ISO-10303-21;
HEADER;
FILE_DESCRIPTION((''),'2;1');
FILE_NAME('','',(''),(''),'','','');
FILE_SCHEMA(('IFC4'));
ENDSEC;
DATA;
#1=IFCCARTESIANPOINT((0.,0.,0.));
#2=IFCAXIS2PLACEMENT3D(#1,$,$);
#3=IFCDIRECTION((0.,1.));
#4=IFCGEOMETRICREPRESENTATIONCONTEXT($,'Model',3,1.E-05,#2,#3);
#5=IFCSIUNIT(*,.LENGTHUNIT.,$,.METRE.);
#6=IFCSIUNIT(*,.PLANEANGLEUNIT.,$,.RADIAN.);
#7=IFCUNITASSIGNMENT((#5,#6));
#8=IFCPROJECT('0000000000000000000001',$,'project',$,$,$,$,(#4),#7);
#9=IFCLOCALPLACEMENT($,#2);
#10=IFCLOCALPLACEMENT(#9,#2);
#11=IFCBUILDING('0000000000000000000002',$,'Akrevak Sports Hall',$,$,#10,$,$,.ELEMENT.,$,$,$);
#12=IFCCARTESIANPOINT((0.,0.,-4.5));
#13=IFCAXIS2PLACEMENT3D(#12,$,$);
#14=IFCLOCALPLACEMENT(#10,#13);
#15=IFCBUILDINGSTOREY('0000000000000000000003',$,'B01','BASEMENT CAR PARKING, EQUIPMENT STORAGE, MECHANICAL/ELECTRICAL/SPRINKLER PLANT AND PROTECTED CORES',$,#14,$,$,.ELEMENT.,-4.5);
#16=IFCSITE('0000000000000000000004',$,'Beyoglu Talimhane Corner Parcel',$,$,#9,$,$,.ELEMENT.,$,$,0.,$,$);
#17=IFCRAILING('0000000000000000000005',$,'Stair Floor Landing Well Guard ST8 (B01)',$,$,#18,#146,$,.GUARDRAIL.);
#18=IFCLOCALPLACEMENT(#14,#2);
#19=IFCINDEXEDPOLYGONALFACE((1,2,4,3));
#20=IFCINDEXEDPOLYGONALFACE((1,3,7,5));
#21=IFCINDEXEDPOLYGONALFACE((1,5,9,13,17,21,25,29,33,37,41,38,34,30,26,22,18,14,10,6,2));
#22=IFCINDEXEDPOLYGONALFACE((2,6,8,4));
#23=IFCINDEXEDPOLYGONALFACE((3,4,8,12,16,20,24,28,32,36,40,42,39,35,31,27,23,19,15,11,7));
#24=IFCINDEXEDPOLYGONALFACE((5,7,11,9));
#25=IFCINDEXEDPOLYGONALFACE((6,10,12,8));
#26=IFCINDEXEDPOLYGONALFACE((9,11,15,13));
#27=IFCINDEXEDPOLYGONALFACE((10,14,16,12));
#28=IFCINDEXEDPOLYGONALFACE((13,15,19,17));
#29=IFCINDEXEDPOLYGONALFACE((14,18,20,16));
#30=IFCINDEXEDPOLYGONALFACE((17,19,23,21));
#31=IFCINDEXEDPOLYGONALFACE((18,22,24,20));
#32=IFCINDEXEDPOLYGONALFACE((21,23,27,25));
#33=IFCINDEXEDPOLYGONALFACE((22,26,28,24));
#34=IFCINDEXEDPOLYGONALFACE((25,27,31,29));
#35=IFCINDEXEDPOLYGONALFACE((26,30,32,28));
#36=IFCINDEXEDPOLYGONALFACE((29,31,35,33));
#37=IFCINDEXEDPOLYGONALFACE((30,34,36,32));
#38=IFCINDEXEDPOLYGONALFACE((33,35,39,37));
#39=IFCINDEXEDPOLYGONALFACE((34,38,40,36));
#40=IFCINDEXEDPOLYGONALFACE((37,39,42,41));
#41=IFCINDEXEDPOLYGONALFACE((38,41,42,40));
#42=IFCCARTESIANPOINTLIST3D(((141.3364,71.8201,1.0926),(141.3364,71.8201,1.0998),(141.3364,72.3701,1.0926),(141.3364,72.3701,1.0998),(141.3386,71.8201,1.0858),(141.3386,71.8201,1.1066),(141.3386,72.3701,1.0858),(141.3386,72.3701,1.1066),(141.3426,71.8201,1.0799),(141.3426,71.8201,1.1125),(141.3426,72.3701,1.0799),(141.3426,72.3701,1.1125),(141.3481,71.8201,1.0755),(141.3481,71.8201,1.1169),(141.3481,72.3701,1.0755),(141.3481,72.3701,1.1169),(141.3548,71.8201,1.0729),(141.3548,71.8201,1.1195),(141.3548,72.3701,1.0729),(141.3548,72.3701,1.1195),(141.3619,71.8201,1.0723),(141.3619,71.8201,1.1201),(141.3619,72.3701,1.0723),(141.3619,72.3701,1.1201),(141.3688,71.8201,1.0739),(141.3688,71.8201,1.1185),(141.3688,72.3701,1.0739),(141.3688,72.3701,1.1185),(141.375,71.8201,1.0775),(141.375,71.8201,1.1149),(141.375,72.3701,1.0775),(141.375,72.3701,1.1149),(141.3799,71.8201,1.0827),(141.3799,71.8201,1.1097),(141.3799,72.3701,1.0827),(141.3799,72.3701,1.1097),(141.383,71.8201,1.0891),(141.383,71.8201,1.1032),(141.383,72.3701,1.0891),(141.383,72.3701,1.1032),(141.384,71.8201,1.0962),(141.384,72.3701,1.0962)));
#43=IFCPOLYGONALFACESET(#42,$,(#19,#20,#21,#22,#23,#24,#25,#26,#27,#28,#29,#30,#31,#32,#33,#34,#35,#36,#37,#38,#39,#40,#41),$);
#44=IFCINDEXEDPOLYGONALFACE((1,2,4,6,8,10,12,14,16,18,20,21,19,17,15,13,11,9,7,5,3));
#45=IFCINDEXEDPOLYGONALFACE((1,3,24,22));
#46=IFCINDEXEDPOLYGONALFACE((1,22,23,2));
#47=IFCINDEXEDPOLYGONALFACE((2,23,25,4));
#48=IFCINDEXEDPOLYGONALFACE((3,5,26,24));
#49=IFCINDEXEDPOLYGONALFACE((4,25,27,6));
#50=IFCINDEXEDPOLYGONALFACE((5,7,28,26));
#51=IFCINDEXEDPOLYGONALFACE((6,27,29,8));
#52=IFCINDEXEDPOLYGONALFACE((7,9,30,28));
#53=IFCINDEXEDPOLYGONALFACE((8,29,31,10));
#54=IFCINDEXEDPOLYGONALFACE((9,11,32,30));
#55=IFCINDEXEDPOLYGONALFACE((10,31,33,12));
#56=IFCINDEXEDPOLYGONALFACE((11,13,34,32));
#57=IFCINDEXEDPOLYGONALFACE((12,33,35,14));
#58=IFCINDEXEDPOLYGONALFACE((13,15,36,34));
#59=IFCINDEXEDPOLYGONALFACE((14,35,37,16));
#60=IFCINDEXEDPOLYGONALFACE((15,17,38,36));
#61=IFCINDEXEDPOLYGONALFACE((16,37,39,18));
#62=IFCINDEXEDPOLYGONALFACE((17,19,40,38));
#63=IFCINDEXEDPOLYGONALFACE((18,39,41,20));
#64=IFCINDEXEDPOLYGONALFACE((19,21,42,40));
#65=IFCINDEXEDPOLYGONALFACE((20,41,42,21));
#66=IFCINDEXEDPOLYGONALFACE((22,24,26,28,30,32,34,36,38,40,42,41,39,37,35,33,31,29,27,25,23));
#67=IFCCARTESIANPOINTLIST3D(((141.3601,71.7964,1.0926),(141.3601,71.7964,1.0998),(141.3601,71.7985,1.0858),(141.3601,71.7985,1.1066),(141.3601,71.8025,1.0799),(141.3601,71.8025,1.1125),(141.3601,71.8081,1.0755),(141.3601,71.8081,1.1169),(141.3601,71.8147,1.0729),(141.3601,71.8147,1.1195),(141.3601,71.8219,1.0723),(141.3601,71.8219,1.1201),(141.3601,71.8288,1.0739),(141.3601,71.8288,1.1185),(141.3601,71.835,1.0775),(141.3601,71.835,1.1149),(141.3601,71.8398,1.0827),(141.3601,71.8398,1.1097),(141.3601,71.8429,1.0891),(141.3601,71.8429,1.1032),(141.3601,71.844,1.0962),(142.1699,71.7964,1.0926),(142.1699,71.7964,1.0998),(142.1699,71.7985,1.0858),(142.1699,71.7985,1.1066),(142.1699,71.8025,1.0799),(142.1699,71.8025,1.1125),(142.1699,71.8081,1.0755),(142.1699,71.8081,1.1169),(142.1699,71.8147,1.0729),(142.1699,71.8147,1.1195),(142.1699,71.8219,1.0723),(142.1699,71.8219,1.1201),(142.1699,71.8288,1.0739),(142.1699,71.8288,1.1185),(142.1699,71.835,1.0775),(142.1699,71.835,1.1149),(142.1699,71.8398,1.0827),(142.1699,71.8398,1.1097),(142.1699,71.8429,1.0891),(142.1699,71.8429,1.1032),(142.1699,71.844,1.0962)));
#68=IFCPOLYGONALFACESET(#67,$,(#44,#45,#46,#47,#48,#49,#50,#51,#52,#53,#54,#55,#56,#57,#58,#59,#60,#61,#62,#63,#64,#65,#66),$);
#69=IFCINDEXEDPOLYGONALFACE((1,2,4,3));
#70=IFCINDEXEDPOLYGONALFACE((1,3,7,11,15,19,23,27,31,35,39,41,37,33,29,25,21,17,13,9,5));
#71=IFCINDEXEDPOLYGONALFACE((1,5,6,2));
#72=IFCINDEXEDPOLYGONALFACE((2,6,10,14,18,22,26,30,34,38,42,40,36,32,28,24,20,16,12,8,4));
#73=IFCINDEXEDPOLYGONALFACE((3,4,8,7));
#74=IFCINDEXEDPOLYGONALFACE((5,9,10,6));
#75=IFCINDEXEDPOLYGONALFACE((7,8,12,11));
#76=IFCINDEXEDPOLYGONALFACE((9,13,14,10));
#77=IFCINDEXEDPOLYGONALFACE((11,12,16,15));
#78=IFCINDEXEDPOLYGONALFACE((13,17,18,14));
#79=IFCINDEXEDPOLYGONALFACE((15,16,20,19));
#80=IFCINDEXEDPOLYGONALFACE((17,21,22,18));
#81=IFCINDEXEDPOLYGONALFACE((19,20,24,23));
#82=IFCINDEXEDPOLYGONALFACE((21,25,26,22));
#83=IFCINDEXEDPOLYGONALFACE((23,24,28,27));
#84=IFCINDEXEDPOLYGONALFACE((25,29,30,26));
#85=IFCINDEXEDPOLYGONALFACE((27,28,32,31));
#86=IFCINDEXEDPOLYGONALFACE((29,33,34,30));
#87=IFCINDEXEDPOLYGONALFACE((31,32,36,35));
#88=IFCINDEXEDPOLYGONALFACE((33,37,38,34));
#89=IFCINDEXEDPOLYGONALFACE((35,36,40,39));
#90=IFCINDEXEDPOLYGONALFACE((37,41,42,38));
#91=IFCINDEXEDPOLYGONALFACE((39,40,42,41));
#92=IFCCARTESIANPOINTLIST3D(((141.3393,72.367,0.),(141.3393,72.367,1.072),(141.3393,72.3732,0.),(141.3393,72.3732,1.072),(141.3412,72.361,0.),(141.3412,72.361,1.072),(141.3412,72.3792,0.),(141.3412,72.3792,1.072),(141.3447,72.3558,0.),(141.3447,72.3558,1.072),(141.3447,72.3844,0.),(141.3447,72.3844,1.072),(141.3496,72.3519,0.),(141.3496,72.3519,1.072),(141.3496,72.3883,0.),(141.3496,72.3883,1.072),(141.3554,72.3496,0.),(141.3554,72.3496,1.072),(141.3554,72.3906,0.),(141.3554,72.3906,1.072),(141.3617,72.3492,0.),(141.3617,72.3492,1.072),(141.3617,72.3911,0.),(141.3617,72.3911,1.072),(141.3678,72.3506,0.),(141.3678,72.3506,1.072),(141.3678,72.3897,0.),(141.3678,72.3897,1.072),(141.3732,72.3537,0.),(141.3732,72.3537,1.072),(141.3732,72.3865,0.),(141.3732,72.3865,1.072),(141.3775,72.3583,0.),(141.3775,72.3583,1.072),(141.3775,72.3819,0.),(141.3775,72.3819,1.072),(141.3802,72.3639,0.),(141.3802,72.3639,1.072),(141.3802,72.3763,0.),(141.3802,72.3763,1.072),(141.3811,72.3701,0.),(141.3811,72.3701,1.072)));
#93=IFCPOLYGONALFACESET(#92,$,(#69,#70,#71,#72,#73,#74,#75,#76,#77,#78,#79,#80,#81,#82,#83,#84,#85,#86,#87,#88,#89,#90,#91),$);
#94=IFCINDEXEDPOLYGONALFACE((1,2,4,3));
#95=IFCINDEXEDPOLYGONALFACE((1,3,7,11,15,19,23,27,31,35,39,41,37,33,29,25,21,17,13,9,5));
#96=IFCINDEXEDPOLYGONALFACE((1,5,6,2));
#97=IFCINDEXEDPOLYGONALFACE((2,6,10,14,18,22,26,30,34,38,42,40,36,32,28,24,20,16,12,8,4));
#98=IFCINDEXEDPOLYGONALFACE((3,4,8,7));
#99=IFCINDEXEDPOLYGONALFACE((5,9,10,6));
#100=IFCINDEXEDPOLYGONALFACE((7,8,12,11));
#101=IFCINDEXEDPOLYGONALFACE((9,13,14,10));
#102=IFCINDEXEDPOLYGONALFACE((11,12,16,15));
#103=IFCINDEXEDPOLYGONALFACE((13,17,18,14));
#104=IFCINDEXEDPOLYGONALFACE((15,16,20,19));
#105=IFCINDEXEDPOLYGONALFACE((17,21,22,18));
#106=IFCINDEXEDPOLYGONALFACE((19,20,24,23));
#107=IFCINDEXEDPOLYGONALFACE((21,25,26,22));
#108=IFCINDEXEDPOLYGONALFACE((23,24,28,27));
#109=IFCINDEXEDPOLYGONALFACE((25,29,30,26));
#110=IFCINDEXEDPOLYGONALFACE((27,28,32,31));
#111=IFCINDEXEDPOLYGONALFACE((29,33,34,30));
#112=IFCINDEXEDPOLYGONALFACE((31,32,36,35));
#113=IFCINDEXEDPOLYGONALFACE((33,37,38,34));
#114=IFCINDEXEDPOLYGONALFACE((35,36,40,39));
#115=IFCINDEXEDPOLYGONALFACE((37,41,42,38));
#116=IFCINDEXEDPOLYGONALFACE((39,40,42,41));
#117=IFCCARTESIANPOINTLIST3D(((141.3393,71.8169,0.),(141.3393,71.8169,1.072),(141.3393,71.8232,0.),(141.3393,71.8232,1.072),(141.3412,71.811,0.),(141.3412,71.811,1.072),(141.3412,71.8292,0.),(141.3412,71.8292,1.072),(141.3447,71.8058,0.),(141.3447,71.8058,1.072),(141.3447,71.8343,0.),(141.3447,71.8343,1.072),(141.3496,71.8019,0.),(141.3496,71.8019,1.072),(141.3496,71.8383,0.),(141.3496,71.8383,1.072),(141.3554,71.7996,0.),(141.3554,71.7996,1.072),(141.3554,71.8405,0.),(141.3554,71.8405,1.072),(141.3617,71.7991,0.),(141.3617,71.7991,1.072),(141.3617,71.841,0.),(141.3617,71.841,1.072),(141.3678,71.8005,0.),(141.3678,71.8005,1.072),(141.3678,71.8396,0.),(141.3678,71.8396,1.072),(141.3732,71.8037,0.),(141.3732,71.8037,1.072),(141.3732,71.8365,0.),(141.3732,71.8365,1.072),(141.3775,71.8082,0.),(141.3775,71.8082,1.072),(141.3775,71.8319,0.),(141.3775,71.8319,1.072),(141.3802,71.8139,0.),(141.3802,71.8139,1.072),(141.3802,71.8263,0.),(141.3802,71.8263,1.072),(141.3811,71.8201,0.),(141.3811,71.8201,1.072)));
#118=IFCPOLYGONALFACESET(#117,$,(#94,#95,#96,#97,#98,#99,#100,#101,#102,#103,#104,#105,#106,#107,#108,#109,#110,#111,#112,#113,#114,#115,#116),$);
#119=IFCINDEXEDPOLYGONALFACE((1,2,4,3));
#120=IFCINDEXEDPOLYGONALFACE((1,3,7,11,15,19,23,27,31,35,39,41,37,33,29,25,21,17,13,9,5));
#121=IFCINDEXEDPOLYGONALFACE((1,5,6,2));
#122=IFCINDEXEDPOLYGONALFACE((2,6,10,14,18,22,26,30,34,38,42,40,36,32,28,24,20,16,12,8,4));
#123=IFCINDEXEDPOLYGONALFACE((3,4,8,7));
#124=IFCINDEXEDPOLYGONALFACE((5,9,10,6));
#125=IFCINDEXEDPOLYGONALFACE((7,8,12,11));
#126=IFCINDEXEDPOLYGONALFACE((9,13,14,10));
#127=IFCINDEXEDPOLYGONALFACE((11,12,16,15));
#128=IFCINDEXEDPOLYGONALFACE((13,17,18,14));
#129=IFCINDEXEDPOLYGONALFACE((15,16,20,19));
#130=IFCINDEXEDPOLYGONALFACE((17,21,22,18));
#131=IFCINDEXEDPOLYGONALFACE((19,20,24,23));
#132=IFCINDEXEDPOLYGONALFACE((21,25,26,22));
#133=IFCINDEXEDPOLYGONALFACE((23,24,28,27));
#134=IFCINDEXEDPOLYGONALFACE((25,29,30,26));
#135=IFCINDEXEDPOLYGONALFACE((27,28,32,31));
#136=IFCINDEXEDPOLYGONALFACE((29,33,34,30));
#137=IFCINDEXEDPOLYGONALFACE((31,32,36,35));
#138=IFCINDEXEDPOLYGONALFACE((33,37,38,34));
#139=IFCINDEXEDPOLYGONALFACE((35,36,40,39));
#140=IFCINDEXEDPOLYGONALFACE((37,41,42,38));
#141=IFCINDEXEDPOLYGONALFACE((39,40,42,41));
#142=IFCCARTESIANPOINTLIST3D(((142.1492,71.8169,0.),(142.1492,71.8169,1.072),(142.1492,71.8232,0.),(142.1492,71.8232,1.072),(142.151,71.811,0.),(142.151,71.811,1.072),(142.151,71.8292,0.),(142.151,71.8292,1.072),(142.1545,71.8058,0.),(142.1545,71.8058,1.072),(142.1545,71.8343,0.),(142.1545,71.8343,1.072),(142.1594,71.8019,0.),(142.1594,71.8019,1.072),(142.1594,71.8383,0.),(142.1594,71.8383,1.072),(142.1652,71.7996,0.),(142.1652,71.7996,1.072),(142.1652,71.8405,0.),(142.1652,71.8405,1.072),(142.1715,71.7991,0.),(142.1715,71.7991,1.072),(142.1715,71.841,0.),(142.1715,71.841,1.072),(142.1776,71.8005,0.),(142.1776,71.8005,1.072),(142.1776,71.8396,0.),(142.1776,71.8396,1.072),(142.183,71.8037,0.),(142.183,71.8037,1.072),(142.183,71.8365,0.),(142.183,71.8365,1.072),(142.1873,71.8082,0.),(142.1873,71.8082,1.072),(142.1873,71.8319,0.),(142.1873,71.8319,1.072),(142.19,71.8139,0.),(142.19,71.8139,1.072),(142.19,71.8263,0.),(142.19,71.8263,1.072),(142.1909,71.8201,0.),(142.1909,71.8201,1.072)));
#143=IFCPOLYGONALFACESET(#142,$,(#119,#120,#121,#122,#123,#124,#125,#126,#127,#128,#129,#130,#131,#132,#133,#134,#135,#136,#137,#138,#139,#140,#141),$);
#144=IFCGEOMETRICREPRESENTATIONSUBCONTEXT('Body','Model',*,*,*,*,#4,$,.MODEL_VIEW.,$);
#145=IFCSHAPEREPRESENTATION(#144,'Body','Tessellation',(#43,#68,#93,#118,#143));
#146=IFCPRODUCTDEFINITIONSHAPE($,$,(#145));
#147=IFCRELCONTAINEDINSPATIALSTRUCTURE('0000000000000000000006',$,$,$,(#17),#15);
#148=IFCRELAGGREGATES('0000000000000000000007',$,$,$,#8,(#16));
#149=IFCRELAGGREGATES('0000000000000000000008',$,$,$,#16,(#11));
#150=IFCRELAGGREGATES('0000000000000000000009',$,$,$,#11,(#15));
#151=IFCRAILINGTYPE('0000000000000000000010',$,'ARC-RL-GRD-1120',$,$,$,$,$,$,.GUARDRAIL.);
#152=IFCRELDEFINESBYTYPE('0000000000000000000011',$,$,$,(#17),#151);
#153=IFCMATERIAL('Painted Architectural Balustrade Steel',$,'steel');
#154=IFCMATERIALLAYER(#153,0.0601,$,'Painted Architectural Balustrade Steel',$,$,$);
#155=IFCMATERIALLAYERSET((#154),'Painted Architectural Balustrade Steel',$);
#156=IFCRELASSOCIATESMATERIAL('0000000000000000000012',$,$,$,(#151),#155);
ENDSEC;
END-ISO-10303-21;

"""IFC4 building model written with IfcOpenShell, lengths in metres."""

from ifc_helpers import new_model, si_unit, direction, frame, origin, origin_2d, place, context, subcontext, project, spatial, circle, extrude, material, layer, layer_set, type_object, element, save


model = new_model("IFC4")

# Units and contexts
model_context = context("Model", 3, precision=1e-05, world=origin(), true_north=direction((0.0, 1.0)))
body_context = subcontext(model_context, "Body", "Model", "MODEL_VIEW")
ifc_project = project(units=[si_unit("LENGTHUNIT", "METRE"), si_unit("PLANEANGLEUNIT", "RADIAN")], contexts=[model_context])

# Site, building, storey
site_placement = place(None, origin())
site = spatial("IfcSite", under=ifc_project, at=site_placement, Name="Beyoglu Talimhane Corner Parcel", CompositionType="ELEMENT", RefElevation=0.0)
building_placement = place(site_placement, origin())
building = spatial("IfcBuilding", under=site, at=building_placement, Name="Akrevak Sports Hall", CompositionType="ELEMENT")
storey_placement = place(building_placement, frame((0.0, 0.0, -4.5)))
storey = spatial("IfcBuildingStorey", under=building, at=storey_placement, Name="B01", Description="BASEMENT CAR PARKING, EQUIPMENT STORAGE, MECHANICAL/ELECTRICAL/SPRINKLER PLANT AND PROTECTED CORES", CompositionType="ELEMENT", Elevation=-4.5)

# Railing
ifc_material_1 = material(Name="Painted Architectural Balustrade Steel", Category="steel")
ifc_layer_1 = layer(ifc_material_1, 0.0601, Name="Painted Architectural Balustrade Steel")
ifc_layer_set_1 = layer_set([ifc_layer_1], Name="Painted Architectural Balustrade Steel")
railing_type_1 = type_object("IfcRailingType", Name="ARC-RL-GRD-1120", PredefinedType="GUARDRAIL", material=ifc_layer_set_1)
railing_1_placement = place(storey_placement, frame((141.3601, 72.3701, 0.0)))
element("IfcRailing", 1, at=railing_1_placement, inside=storey, type_object=railing_type_1, Name="Stair Floor Landing Well Guard ST8 (B01)", PredefinedType="GUARDRAIL", context=body_context, shape_type="SweptSolid", body=[
    extrude(circle(Radius=0.0239, at=origin_2d()), frame((0.0, 0.0, 1.0962), z_axis=(0.0, -1.0, 0.0), x_axis=(1.0, 0.0, 0.0)), (0.0, 0.0, 1.0), 0.55),
    extrude(circle(Radius=0.0239, at=origin_2d()), frame((0.0, -0.55, 1.0962), z_axis=(1.0, 0.0, 0.0), x_axis=(0.0, 1.0, 0.0)), (0.0, 0.0, 1.0), 0.8098),
    extrude(circle(Radius=0.021, at=origin_2d()), origin(), (0.0, 0.0, 1.0), 1.072),
    extrude(circle(Radius=0.021, at=origin_2d()), frame((0.0, -0.55, 0.0)), (0.0, 0.0, 1.0), 1.072),
    extrude(circle(Radius=0.021, at=origin_2d()), frame((0.8098, -0.55, 0.0)), (0.0, 0.0, 1.0), 1.072),
])

save(model, "model.ifc")
